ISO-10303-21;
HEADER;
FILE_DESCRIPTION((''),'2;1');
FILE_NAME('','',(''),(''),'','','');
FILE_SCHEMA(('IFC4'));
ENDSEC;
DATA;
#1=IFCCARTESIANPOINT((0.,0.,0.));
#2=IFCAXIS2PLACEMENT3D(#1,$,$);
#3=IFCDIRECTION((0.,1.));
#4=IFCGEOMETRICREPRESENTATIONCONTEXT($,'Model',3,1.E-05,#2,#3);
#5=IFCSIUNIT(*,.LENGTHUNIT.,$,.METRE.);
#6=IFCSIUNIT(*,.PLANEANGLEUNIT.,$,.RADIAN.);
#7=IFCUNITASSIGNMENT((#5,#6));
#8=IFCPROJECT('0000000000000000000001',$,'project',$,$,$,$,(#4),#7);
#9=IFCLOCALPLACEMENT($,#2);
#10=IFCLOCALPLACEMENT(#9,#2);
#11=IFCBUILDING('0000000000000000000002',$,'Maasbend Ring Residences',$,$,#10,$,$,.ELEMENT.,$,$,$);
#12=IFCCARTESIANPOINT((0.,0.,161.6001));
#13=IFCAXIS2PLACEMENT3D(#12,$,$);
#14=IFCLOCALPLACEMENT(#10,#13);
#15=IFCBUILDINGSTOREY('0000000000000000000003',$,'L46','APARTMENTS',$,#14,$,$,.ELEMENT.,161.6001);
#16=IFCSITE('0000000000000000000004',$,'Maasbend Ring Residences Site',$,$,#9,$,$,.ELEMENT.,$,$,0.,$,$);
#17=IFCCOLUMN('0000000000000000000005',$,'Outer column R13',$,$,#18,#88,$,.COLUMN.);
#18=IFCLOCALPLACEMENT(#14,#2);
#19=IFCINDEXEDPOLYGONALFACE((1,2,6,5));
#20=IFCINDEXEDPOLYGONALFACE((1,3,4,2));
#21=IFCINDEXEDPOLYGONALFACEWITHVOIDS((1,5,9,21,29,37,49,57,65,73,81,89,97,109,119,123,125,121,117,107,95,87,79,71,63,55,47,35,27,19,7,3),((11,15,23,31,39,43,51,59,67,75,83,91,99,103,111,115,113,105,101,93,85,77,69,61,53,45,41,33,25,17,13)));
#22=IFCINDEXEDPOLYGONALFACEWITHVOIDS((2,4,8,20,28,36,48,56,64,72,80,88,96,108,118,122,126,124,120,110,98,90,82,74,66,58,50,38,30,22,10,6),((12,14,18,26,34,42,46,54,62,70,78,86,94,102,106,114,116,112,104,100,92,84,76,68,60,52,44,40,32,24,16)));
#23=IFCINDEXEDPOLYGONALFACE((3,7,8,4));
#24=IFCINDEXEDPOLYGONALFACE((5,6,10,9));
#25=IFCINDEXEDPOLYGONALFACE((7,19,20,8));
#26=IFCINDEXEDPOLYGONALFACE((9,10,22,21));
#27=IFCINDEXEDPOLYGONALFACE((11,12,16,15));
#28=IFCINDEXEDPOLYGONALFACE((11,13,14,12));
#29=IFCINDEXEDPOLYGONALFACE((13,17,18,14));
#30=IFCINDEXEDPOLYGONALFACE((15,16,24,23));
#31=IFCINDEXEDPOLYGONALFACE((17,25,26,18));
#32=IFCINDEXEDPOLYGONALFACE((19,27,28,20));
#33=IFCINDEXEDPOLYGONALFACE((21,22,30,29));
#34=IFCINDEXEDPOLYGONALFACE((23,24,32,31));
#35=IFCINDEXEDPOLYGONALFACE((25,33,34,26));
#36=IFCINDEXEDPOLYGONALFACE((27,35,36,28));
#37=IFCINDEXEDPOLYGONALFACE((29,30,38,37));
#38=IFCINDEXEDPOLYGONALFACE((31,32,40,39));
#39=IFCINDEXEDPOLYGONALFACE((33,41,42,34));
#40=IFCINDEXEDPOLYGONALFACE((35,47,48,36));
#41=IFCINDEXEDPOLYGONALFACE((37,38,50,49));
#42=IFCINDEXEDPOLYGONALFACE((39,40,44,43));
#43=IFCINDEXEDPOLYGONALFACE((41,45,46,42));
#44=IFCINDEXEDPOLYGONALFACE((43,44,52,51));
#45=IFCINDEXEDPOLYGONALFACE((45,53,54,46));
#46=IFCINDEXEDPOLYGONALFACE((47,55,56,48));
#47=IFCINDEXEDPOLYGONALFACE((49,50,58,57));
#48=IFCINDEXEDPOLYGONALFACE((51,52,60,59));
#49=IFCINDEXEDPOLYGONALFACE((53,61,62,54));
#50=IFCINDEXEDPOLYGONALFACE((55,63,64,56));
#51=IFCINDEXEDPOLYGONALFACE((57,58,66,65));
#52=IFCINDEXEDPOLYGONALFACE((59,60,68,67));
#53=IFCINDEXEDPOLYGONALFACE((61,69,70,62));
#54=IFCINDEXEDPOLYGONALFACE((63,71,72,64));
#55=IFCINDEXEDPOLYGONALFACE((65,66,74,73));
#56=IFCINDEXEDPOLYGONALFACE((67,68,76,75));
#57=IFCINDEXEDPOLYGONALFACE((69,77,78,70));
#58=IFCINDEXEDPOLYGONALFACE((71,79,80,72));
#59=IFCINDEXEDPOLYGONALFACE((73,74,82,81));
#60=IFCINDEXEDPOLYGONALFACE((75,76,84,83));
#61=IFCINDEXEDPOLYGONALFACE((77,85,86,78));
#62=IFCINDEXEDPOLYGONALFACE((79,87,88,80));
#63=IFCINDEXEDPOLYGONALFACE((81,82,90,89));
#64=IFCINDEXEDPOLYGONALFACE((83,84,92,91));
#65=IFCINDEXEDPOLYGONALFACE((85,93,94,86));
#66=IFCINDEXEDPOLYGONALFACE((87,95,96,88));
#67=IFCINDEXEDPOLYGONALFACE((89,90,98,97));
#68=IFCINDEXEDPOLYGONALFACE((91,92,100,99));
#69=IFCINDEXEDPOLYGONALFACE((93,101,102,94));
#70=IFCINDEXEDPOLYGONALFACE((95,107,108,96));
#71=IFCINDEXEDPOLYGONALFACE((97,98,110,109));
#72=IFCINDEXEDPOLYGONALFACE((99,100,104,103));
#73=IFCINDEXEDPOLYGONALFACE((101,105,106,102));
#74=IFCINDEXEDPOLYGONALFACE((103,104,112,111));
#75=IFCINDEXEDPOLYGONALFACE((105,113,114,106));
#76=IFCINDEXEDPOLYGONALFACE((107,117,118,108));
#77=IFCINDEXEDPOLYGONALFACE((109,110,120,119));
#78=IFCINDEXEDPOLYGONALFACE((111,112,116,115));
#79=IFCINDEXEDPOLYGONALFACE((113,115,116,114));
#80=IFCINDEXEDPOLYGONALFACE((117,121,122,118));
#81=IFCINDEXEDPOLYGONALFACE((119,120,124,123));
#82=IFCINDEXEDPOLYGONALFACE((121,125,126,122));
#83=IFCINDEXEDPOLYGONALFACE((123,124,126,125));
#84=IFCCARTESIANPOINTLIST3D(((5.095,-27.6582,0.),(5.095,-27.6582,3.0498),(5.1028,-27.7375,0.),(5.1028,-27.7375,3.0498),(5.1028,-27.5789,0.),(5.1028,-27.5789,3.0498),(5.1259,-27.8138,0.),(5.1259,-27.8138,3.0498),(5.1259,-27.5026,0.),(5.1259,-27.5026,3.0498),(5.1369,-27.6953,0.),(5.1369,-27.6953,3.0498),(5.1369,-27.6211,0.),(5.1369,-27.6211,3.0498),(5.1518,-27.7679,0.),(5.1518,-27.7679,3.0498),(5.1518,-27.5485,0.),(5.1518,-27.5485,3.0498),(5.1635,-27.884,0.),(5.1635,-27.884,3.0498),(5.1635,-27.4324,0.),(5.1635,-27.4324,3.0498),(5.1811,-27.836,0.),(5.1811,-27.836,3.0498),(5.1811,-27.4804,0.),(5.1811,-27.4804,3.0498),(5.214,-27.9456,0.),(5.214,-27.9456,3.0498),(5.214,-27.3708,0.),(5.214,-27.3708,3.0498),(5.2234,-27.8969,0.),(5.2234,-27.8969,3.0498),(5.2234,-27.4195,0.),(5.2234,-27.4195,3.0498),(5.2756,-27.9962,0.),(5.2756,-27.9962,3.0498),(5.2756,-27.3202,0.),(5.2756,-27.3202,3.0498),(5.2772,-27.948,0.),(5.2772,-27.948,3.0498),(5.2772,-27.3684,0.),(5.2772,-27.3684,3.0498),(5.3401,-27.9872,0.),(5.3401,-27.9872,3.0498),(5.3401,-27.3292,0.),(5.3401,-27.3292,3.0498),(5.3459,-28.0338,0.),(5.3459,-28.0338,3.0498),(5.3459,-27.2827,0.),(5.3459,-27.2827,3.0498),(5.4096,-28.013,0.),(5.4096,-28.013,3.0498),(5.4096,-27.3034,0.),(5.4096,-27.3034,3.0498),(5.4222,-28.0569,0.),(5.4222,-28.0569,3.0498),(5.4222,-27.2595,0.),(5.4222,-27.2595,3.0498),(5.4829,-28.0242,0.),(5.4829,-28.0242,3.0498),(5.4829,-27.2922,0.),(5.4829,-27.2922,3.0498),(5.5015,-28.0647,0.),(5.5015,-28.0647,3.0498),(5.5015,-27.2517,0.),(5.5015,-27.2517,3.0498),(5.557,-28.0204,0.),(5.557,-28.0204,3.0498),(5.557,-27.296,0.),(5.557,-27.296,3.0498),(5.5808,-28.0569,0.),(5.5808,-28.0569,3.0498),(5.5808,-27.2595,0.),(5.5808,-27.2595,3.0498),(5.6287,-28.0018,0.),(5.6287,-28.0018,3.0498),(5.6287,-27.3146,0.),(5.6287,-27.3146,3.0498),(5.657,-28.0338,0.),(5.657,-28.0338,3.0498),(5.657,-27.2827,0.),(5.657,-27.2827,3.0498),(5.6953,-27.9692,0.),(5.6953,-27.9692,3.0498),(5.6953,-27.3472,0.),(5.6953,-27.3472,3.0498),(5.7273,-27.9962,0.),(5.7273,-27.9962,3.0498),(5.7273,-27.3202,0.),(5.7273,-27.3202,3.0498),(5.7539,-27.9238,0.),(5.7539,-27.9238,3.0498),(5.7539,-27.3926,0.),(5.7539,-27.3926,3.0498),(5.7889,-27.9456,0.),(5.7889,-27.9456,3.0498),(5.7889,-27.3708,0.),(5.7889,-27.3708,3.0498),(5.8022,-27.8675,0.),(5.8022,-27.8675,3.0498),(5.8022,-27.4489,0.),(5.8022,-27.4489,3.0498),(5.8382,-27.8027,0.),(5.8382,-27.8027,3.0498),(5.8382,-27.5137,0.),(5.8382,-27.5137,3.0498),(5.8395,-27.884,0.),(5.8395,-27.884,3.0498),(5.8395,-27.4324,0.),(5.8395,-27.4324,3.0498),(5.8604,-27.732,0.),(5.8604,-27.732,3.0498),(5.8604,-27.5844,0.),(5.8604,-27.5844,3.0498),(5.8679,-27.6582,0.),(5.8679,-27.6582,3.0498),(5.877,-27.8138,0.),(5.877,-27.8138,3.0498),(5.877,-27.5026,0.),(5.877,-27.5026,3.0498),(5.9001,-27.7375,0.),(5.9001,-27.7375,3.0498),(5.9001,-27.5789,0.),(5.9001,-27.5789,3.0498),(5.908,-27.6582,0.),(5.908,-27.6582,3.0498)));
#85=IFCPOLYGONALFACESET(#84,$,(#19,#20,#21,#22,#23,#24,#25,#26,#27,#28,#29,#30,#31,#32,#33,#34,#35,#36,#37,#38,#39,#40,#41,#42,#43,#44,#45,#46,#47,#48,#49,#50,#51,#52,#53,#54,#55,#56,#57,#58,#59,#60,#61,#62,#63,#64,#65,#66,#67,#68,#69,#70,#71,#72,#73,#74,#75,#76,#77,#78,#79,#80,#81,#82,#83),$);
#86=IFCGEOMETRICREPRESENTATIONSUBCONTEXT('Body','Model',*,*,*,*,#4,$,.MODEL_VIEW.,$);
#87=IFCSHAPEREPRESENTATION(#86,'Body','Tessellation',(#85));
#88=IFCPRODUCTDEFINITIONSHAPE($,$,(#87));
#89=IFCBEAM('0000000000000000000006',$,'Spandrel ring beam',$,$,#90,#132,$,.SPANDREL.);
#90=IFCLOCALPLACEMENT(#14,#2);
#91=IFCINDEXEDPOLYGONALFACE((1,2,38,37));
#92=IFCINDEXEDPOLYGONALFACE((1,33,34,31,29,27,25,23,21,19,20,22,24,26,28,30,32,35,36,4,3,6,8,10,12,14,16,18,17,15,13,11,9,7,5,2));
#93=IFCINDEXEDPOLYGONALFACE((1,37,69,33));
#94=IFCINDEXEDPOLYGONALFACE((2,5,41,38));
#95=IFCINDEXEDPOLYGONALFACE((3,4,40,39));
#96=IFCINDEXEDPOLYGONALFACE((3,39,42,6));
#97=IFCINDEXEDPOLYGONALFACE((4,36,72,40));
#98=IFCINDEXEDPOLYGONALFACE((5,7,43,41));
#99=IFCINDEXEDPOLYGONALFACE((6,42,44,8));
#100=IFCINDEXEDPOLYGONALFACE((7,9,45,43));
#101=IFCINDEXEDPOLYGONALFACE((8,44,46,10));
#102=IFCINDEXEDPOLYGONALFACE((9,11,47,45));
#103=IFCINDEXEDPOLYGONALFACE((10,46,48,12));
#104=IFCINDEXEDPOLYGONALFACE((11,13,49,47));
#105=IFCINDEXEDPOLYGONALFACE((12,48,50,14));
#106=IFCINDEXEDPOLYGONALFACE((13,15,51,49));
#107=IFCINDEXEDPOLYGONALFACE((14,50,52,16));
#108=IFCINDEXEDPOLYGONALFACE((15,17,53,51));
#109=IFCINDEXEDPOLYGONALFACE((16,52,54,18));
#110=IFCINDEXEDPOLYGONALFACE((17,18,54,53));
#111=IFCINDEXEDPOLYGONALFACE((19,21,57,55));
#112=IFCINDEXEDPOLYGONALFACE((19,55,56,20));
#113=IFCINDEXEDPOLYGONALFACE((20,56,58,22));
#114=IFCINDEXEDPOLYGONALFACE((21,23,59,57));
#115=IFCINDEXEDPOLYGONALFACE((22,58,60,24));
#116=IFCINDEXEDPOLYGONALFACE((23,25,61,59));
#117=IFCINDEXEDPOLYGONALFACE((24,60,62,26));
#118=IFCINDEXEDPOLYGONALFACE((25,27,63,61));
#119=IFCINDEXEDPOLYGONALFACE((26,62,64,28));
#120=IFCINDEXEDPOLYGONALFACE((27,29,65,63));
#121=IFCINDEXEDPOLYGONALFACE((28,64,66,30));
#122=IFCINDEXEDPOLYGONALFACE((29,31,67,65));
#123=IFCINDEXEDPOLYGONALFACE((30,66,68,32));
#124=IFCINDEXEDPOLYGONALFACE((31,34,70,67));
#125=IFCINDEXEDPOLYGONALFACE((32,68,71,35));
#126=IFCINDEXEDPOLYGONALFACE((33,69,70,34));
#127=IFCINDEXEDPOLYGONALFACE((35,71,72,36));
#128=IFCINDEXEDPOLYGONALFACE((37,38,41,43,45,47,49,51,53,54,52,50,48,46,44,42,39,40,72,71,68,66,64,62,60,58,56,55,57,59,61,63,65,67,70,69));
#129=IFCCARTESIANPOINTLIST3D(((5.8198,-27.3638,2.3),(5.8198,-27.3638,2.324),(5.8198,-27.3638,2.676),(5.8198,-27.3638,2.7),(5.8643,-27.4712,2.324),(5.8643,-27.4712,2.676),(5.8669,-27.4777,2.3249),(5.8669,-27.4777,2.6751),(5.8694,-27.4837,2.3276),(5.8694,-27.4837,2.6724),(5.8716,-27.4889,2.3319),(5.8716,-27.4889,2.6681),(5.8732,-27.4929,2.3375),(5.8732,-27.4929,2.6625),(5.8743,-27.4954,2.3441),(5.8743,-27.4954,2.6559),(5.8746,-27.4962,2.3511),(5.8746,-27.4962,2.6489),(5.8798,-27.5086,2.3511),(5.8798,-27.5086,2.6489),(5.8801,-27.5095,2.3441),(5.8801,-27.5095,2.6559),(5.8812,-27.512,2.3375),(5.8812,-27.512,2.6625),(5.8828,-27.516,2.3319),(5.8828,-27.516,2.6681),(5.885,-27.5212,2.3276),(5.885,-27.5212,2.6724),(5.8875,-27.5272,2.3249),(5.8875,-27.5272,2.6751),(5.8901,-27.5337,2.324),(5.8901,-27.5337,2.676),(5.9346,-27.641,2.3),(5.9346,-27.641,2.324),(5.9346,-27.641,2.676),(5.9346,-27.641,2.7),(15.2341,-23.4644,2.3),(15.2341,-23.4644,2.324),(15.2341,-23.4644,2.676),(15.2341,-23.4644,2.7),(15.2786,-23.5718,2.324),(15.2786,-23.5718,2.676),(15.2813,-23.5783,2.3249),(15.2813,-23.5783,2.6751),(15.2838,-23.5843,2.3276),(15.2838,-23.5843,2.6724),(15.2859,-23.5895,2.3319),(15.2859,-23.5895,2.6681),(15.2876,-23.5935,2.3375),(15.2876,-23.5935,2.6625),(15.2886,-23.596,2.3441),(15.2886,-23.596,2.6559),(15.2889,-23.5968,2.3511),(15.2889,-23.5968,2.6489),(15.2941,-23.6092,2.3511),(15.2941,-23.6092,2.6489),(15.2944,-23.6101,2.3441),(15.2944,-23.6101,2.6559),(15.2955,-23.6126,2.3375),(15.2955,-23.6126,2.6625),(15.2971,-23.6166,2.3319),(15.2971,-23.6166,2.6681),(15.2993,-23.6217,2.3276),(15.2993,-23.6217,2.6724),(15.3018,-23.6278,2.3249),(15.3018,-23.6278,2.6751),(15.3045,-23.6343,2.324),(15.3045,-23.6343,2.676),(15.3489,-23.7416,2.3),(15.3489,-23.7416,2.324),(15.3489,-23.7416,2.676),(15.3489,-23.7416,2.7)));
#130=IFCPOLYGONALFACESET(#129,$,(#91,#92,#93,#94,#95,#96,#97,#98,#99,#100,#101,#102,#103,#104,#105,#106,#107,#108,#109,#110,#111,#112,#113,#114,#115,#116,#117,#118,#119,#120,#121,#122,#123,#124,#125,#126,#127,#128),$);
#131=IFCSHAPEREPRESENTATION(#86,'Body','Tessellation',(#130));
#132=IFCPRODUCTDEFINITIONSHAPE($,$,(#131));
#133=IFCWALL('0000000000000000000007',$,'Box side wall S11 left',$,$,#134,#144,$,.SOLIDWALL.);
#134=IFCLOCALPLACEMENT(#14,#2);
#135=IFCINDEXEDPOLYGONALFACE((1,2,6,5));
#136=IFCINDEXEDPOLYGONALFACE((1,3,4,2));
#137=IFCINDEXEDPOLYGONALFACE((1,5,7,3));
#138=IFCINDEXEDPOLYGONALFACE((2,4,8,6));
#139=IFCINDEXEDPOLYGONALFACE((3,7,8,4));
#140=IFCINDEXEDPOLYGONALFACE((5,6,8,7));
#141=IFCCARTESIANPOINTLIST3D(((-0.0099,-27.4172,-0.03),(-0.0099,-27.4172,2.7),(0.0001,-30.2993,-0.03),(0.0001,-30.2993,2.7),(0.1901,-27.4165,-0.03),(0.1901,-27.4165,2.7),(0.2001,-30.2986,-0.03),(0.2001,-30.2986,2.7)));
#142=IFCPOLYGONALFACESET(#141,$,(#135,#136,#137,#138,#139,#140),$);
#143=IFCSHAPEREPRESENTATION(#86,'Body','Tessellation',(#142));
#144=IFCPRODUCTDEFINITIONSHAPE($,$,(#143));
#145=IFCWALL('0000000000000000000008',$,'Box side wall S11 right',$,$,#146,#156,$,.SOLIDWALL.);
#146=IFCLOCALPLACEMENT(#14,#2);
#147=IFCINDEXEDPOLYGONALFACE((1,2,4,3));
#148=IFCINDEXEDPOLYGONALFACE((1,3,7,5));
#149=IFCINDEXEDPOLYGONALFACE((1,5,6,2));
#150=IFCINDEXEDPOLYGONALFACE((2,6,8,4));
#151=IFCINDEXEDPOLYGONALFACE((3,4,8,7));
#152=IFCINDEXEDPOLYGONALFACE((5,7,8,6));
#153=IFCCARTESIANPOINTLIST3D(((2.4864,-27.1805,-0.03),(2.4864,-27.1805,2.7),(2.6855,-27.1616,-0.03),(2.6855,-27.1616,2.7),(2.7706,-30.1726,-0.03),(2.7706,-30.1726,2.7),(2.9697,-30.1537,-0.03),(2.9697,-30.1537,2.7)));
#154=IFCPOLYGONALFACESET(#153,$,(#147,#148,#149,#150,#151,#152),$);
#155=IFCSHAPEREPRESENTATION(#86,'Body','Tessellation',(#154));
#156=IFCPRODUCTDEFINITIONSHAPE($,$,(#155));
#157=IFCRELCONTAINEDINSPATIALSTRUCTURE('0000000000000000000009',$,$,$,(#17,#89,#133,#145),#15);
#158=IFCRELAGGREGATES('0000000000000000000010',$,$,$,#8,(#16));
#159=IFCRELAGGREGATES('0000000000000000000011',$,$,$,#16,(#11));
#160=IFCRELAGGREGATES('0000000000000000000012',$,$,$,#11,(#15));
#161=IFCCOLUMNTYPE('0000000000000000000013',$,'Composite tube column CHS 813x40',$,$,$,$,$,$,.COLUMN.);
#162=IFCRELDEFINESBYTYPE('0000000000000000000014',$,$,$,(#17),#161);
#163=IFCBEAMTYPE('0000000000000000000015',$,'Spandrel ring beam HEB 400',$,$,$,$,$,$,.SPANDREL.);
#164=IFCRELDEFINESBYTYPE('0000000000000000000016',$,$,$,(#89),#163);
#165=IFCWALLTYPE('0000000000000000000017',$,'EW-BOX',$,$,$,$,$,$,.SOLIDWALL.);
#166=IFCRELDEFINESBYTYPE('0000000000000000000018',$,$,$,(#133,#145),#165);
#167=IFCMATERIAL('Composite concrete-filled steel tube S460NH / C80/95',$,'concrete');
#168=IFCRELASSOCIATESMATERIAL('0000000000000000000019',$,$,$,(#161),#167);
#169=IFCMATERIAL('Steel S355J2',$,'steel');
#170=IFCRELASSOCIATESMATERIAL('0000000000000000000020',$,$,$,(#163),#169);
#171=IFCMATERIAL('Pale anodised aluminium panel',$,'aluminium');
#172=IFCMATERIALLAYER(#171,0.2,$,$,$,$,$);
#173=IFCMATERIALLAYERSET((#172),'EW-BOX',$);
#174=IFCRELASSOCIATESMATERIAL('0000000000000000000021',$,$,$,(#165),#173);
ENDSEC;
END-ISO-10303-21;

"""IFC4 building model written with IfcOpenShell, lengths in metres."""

from ifc_helpers import new_model, si_unit, direction, frame, frame_2d, origin, origin_2d, place, context, subcontext, project, spatial, rectangle, hollow_circle, i_section, extrude, material, layer, layer_set, material_profile, profile_set, type_object, element, save


model = new_model("IFC4")

# Units and contexts
model_context = context("Model", 3, precision=1e-05, world=origin(), true_north=direction((0.0, 1.0)))
body_context = subcontext(model_context, "Body", "Model", "MODEL_VIEW")
ifc_project = project(units=[si_unit("LENGTHUNIT", "METRE"), si_unit("PLANEANGLEUNIT", "RADIAN")], contexts=[model_context])

# Site, building, storey
site_placement = place(None, origin())
site = spatial("IfcSite", under=ifc_project, at=site_placement, Name="Maasbend Ring Residences Site", CompositionType="ELEMENT", RefElevation=0.0)
building_placement = place(site_placement, origin())
building = spatial("IfcBuilding", under=site, at=building_placement, Name="Maasbend Ring Residences", CompositionType="ELEMENT")
storey_placement = place(building_placement, frame((0.0, 0.0, 161.6001)))
storey = spatial("IfcBuildingStorey", under=building, at=storey_placement, Name="L46", Description="APARTMENTS", CompositionType="ELEMENT", Elevation=161.6001)

# Column
ifc_material_1 = material(Name="Composite concrete-filled steel tube S460NH / C80/95", Category="concrete")
ifc_material_profile_1 = material_profile(ifc_material_1, hollow_circle(Radius=0.4065, WallThickness=0.04, at=origin_2d()), Name="Composite tube column CHS 813x40")
ifc_profile_set_1 = profile_set([ifc_material_profile_1], Name="Composite concrete-filled steel tube S460NH / C80/95")
column_type = type_object("IfcColumnType", Name="Composite tube column CHS 813x40", PredefinedType="COLUMN", material=ifc_profile_set_1)
column_placement = place(storey_placement, frame((5.5015, -27.6582, 0.0), z_axis=(0.0, 0.0, 1.0), x_axis=(1.0, 0.0, 0.0)))
element("IfcColumn", 1, at=column_placement, inside=storey, type_object=column_type, Name="Outer column R13", PredefinedType="COLUMN", context=body_context, shape_type="SweptSolid", body=[
    extrude(hollow_circle(Radius=0.4065, WallThickness=0.04, at=origin_2d()), origin(), (0.0, 0.0, 1.0), 3.0498),
])

# Beam
ifc_material_2 = material(Name="Steel S355J2", Category="steel")
ifc_material_profile_2 = material_profile(ifc_material_2, i_section(OverallWidth=0.3, OverallDepth=0.3999, WebThickness=0.0134, FlangeThickness=0.0239, FilletRadius=0.0271, at=origin_2d()), Name="HEB 400")
ifc_profile_set_2 = profile_set([ifc_material_profile_2], Name="Steel S355J2")
beam_type = type_object("IfcBeamType", Name="Spandrel ring beam HEB 400", PredefinedType="SPANDREL", material=ifc_profile_set_2)
beam_placement = place(storey_placement, frame((5.8772, -27.5024, 2.5), z_axis=(0.923884, 0.382673, 0.0), x_axis=(-0.382673, 0.923884, 0.0)))
element("IfcBeam", 2, at=beam_placement, inside=storey, type_object=beam_type, Name="Spandrel ring beam", PredefinedType="SPANDREL", context=body_context, shape_type="SweptSolid", body=[
    extrude(i_section(OverallWidth=0.3, OverallDepth=0.3999, WebThickness=0.0134, FlangeThickness=0.0239, FilletRadius=0.0271, at=origin_2d()), origin(), (0.0, 0.0, 1.0), 10.1899),
])

# Walls
ifc_material_3 = material(Name="Pale anodised aluminium panel", Category="aluminium")
ifc_layer_1 = layer(ifc_material_3, 0.2)
ifc_layer_set_1 = layer_set([ifc_layer_1], Name="EW-BOX")
wall_type_1 = type_object("IfcWallType", Name="EW-BOX", PredefinedType="SOLIDWALL", material=ifc_layer_set_1)
wall_1_placement = place(storey_placement, frame((0.0901, -27.417, -0.03), z_axis=(0.0, 0.0, 1.0), x_axis=(0.003473, -0.999994, 0.0)))
element("IfcWall", 3, at=wall_1_placement, inside=storey, type_object=wall_type_1, Name="Box side wall S11 left", PredefinedType="SOLIDWALL", context=body_context, shape_type="SweptSolid", body=[
    extrude(rectangle(XDim=2.8821, YDim=0.2, at=frame_2d((1.4409, 0.0))), origin(), (0.0, 0.0, 1.0), 2.73),
])
wall_2_placement = place(storey_placement, frame((2.5859, -27.1709, -0.03), z_axis=(0.0, 0.0, 1.0), x_axis=(0.094548, -0.99552, 0.0)))
element("IfcWall", 4, at=wall_2_placement, inside=storey, type_object=wall_type_1, Name="Box side wall S11 right", PredefinedType="SOLIDWALL", context=body_context, shape_type="SweptSolid", body=[
    extrude(rectangle(XDim=3.0056, YDim=0.2, at=frame_2d((1.5029, 0.0))), origin(), (0.0, 0.0, 1.0), 2.73),
])

save(model, "model.ifc")
